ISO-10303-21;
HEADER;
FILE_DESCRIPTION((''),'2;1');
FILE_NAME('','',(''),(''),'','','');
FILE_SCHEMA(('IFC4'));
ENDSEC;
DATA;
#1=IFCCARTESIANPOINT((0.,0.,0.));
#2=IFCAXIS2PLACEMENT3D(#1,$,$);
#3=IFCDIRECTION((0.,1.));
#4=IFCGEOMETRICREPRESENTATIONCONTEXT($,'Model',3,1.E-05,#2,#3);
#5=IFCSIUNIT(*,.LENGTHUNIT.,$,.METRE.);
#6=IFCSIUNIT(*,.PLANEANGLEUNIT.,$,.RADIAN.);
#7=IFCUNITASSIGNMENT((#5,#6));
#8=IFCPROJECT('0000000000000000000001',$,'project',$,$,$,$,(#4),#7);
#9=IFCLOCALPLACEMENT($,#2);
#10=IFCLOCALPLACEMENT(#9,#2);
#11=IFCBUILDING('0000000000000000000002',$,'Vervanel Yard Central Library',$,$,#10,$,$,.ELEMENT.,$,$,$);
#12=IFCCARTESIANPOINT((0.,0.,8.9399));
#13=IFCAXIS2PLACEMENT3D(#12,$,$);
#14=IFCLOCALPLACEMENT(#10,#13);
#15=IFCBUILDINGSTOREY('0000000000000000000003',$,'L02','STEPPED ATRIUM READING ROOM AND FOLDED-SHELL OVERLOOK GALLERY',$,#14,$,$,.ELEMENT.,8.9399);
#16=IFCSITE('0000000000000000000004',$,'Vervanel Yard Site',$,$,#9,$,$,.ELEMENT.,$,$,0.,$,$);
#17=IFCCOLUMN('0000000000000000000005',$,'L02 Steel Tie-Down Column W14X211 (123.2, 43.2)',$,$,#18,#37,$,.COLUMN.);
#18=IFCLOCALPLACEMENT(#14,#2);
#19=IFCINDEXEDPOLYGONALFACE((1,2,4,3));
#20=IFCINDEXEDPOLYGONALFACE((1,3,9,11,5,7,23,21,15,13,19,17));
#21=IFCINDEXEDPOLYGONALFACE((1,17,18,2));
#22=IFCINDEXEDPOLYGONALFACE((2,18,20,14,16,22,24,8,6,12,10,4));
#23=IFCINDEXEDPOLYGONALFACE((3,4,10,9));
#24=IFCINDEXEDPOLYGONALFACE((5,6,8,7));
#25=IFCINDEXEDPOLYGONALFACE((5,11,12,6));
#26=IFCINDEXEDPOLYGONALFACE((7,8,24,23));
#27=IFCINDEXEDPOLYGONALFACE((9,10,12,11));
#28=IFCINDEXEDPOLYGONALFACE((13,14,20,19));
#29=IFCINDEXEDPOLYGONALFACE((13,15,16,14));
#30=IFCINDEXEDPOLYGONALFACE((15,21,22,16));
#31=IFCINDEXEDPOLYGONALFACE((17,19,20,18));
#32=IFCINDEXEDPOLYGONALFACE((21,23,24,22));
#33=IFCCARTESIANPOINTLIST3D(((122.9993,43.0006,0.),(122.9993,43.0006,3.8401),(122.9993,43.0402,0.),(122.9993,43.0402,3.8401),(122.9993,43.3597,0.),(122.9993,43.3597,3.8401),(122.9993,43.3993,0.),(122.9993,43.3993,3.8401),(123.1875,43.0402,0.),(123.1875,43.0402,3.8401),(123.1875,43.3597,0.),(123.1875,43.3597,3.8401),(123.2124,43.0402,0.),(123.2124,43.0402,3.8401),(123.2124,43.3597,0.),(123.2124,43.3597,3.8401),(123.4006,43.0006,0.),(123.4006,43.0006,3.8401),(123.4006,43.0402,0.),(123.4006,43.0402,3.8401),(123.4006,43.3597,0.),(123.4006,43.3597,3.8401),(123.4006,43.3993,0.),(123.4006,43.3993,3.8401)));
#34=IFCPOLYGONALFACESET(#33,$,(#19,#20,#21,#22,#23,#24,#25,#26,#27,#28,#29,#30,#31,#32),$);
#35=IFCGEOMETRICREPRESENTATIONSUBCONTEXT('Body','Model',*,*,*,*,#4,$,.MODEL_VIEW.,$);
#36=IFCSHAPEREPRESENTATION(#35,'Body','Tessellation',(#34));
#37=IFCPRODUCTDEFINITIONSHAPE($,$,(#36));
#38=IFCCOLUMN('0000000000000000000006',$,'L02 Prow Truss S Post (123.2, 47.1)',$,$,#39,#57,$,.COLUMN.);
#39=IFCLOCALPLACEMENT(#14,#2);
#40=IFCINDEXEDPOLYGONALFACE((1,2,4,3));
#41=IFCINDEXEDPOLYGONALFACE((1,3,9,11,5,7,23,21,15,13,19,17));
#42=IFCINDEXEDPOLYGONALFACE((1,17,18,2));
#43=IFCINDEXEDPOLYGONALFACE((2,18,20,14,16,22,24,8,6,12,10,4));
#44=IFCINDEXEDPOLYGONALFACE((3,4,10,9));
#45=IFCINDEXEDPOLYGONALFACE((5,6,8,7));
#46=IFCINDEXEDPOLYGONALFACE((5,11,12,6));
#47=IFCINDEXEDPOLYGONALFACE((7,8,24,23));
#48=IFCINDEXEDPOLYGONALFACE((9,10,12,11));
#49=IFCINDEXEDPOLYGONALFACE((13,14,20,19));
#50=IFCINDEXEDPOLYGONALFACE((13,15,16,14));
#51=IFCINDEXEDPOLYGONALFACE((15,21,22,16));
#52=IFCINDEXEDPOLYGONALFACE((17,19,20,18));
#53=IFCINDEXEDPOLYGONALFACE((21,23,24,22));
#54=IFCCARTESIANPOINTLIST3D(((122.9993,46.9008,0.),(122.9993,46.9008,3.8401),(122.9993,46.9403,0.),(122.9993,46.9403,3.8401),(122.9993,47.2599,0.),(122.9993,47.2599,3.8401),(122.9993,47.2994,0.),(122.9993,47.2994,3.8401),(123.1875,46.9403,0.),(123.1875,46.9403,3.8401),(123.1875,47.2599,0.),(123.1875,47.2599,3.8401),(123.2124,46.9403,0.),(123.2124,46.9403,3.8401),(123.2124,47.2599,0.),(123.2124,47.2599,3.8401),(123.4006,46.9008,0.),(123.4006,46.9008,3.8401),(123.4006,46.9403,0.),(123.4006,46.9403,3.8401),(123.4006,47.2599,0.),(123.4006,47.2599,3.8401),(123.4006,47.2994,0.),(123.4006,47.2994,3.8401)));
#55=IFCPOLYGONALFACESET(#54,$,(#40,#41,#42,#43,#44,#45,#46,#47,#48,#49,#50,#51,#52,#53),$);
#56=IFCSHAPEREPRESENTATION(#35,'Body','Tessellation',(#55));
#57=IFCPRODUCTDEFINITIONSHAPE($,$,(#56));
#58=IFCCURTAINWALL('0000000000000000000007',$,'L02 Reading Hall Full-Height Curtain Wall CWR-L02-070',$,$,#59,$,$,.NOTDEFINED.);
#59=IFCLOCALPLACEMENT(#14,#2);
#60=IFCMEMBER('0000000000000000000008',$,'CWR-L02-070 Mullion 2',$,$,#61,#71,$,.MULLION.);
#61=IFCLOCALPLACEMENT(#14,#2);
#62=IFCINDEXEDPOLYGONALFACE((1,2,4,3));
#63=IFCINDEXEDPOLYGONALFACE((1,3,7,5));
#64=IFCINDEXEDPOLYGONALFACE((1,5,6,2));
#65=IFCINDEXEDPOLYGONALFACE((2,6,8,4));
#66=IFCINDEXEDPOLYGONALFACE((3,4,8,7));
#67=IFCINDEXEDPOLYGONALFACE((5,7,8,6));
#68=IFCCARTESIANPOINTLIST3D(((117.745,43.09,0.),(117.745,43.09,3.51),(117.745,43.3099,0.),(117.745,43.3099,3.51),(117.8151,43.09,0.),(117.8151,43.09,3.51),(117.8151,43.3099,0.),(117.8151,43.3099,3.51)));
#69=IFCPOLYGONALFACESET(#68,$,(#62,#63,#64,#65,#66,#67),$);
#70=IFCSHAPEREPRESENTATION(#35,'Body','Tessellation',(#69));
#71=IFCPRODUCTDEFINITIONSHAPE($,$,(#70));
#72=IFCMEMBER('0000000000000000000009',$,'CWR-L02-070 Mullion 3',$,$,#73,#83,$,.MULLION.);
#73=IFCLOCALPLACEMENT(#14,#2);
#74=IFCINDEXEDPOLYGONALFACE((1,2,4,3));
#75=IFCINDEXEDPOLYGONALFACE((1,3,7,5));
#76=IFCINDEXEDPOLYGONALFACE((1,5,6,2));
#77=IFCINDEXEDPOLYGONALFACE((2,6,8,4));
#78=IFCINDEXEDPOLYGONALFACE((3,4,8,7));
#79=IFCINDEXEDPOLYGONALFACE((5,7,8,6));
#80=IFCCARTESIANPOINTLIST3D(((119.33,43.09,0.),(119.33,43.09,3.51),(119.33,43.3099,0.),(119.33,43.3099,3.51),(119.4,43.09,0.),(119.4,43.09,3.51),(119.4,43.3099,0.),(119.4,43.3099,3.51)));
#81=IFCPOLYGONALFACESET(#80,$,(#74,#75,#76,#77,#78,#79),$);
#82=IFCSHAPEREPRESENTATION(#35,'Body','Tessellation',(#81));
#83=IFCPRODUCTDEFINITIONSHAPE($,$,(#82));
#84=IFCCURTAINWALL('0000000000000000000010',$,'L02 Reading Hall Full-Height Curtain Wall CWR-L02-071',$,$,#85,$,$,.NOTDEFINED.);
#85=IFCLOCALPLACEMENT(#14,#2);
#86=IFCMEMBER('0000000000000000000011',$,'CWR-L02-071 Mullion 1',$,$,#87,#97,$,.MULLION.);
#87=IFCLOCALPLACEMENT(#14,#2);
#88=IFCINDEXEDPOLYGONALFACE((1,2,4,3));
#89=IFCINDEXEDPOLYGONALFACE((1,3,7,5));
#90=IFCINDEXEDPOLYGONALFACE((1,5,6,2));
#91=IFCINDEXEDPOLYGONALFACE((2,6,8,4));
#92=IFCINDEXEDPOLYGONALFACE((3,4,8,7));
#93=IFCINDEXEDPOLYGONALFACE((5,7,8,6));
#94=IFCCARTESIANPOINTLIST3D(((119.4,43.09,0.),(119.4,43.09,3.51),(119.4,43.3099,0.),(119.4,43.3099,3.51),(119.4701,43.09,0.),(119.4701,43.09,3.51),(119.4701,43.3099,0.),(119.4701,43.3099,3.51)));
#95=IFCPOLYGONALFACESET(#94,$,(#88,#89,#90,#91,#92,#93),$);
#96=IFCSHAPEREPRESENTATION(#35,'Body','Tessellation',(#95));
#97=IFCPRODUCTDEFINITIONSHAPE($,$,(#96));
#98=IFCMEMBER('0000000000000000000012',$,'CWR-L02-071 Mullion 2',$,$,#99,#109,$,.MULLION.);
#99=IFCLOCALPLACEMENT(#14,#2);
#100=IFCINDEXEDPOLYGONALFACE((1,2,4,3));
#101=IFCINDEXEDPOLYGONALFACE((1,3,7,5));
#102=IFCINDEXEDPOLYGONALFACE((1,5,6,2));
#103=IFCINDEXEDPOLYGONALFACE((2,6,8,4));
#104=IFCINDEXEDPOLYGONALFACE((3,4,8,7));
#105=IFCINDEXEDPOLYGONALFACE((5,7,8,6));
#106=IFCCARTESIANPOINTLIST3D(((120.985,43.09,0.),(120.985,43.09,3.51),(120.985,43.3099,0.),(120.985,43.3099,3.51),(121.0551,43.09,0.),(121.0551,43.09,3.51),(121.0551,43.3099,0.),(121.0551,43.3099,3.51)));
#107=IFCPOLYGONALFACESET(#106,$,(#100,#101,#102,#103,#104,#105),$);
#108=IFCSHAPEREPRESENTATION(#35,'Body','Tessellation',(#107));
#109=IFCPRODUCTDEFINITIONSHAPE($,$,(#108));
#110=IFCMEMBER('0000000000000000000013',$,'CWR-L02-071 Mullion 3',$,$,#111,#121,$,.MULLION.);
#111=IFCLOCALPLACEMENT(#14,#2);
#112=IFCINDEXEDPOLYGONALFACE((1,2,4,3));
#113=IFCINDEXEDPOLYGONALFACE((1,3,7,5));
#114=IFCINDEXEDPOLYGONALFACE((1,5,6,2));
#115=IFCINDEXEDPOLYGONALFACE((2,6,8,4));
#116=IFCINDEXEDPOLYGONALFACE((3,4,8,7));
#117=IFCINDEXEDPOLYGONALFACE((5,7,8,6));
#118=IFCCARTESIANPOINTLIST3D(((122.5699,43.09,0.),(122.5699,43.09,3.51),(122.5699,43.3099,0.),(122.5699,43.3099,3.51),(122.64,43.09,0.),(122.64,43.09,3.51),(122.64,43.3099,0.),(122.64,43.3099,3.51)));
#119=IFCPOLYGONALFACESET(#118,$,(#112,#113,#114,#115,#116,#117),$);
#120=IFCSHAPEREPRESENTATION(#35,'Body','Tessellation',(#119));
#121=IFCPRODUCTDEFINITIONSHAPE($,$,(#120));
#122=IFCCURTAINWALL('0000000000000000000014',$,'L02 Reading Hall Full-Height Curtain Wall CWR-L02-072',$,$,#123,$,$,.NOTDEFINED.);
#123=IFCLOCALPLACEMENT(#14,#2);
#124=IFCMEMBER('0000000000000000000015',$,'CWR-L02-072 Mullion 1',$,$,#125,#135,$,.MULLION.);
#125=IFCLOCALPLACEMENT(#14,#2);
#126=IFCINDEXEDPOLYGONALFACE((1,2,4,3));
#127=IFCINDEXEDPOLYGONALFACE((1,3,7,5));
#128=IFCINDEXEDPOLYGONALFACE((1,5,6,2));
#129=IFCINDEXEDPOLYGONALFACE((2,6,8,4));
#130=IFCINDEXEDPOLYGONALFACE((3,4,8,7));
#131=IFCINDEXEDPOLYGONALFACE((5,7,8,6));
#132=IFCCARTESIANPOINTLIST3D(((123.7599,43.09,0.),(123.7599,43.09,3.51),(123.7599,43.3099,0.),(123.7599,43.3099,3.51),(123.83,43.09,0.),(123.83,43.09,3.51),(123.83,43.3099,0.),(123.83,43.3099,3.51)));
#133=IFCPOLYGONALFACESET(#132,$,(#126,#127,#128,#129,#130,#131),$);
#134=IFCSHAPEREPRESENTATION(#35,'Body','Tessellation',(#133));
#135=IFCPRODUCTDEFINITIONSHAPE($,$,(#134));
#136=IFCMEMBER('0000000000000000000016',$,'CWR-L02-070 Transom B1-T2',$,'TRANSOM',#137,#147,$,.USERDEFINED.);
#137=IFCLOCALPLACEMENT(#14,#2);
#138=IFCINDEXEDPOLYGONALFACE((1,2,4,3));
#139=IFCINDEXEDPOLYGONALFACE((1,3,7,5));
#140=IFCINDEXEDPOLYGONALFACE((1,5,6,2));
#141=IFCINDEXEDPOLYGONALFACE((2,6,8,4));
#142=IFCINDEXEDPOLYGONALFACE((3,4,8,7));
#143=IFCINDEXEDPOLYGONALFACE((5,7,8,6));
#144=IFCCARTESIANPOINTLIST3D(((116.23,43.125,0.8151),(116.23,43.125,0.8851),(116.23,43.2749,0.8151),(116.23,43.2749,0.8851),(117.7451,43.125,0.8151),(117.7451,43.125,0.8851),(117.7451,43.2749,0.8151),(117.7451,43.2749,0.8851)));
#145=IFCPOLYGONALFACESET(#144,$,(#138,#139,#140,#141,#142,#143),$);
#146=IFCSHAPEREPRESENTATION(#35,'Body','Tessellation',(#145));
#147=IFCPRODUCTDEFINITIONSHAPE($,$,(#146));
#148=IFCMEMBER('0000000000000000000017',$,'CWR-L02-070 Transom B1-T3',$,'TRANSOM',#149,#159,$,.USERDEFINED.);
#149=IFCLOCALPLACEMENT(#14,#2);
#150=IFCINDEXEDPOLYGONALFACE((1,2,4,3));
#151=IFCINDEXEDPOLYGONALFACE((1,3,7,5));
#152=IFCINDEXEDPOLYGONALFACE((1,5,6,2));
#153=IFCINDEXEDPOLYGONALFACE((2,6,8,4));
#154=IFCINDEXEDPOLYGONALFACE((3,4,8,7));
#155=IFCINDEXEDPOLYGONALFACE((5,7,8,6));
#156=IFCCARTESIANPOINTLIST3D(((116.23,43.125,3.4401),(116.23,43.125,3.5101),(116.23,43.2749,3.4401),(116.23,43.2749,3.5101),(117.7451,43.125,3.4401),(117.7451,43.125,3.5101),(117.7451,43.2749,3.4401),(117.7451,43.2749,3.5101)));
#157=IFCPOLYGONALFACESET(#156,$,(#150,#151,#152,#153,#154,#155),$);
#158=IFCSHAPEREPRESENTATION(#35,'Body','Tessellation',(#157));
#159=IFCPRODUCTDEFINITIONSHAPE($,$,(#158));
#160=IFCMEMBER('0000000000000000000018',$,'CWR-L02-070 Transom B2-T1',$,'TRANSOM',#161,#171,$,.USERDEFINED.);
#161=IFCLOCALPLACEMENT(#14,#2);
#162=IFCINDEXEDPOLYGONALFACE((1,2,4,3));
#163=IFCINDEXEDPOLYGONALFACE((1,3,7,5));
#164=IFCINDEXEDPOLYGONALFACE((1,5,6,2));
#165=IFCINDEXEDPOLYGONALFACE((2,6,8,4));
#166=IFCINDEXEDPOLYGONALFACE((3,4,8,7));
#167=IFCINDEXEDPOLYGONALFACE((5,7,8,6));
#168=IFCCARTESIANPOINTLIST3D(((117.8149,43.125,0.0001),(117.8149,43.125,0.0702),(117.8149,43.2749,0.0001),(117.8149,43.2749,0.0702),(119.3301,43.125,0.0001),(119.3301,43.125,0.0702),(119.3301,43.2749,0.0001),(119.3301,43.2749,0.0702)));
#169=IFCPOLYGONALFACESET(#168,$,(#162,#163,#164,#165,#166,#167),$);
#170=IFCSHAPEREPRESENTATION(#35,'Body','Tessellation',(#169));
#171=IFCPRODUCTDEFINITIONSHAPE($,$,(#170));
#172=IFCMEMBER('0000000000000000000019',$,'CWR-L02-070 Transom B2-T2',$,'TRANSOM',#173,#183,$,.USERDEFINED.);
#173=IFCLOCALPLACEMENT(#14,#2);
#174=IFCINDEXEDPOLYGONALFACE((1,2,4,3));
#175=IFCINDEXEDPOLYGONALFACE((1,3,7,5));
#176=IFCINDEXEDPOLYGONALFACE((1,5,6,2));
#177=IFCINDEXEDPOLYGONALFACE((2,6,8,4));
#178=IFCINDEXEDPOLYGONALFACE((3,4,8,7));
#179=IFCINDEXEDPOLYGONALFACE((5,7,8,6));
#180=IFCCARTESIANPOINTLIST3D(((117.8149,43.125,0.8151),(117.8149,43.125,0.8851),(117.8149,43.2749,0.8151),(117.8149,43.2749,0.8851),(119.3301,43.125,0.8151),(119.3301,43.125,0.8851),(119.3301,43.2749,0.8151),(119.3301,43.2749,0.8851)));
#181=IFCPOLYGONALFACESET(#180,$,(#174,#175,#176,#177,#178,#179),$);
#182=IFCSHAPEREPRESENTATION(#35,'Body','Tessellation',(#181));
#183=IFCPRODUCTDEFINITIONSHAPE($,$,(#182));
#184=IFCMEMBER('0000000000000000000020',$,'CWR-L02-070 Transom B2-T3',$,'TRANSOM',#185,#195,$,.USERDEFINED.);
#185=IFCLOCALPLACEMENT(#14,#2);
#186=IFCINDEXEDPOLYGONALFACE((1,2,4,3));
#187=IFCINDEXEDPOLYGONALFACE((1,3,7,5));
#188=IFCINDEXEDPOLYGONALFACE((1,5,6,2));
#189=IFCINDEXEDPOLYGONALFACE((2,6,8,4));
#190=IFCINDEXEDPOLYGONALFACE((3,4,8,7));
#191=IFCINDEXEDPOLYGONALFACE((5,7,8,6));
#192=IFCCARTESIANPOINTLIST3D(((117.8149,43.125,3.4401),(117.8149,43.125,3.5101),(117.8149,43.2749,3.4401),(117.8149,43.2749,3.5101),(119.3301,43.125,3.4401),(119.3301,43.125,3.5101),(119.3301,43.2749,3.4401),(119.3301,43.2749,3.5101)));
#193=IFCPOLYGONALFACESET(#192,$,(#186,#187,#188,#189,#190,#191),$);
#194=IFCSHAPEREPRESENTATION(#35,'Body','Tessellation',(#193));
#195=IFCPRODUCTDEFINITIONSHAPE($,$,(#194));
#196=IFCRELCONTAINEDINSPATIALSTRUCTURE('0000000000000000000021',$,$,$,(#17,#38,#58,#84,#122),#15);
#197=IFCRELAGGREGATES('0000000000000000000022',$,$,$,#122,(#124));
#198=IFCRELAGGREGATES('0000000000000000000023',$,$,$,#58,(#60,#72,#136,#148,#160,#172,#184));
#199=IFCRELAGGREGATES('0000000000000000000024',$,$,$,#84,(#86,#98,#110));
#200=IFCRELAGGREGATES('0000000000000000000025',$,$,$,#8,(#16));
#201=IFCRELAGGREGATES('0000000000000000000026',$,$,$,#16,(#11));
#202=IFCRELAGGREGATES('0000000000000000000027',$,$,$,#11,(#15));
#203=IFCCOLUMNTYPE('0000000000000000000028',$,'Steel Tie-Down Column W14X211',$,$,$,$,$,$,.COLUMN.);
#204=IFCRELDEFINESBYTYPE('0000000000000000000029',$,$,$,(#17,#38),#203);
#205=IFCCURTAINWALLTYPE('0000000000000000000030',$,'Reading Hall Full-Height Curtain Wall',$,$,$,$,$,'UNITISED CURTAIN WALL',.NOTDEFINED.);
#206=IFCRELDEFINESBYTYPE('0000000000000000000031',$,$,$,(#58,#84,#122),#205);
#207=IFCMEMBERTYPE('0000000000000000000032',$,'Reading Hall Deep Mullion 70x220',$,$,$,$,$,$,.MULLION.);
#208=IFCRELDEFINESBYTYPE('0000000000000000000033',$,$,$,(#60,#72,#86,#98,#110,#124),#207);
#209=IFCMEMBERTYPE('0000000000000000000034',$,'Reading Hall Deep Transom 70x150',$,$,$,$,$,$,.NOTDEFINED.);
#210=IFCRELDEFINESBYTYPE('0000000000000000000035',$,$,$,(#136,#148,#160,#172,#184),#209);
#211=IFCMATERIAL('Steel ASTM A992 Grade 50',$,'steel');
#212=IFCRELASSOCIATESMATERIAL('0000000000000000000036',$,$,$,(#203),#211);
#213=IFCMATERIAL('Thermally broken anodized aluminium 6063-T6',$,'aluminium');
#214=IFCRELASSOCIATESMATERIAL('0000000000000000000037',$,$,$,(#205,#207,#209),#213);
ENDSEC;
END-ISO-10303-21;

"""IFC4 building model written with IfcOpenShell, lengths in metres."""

from ifc_helpers import new_model, si_unit, direction, frame, origin, origin_2d, place, context, subcontext, project, spatial, rectangle, i_section, extrude, material, material_profile, profile_set, type_object, element, aggregate, save


model = new_model("IFC4")

# Units and contexts
model_context = context("Model", 3, precision=1e-05, world=origin(), true_north=direction((0.0, 1.0)))
body_context = subcontext(model_context, "Body", "Model", "MODEL_VIEW")
ifc_project = project(units=[si_unit("LENGTHUNIT", "METRE"), si_unit("PLANEANGLEUNIT", "RADIAN")], contexts=[model_context])

# Site, building, storey
site_placement = place(None, origin())
site = spatial("IfcSite", under=ifc_project, at=site_placement, Name="Vervanel Yard Site", CompositionType="ELEMENT", RefElevation=0.0)
building_placement = place(site_placement, origin())
building = spatial("IfcBuilding", under=site, at=building_placement, Name="Vervanel Yard Central Library", CompositionType="ELEMENT")
storey_placement = place(building_placement, frame((0.0, 0.0, 8.9399)))
storey = spatial("IfcBuildingStorey", under=building, at=storey_placement, Name="L02", Description="STEPPED ATRIUM READING ROOM AND FOLDED-SHELL OVERLOOK GALLERY", CompositionType="ELEMENT", Elevation=8.9399)

# Columns
ifc_material_1 = material(Name="Steel ASTM A992 Grade 50", Category="steel")
ifc_material_profile_1 = material_profile(ifc_material_1, i_section(OverallWidth=0.4014, OverallDepth=0.3987, WebThickness=0.0249, FlangeThickness=0.0396, at=origin_2d()), Name="W14X211", Category="steel")
ifc_profile_set_1 = profile_set([ifc_material_profile_1], Name="Steel ASTM A992 Grade 50")
column_type = type_object("IfcColumnType", Name="Steel Tie-Down Column W14X211", PredefinedType="COLUMN", material=ifc_profile_set_1)
for number, where, z_axis, x_axis, name in (
    (1, (123.2, 43.2, 0.0), (0.0, 0.0, 1.0), (1.0, 0.0, 0.0), "L02 Steel Tie-Down Column W14X211 (123.2, 43.2)"),
    (2, (123.2, 47.1001, 0.0), (0.0, 0.0, 1.0), (1.0, 0.0, 0.0), "L02 Prow Truss S Post (123.2, 47.1)"),
):
    element("IfcColumn", number, at=place(storey_placement, frame(where, z_axis=z_axis, x_axis=x_axis)), inside=storey, type_object=column_type, Name=name, PredefinedType="COLUMN", context=body_context, shape_type="SweptSolid", body=[
        extrude(i_section(OverallWidth=0.4014, OverallDepth=0.3987, WebThickness=0.0249, FlangeThickness=0.0396, at=origin_2d()), origin(), (0.0, 0.0, 1.0), 3.8401),
    ])

# Curtain walls, members
ifc_material_2 = material(Name="Thermally broken anodized aluminium 6063-T6", Category="aluminium")
curtain_wall_type = type_object("IfcCurtainWallType", Name="Reading Hall Full-Height Curtain Wall", ElementType="UNITISED CURTAIN WALL", PredefinedType="NOTDEFINED", material=ifc_material_2)
curtain_wall_1_placement = place(storey_placement, origin())
curtain_wall_1 = element("IfcCurtainWall", 3, at=curtain_wall_1_placement, inside=storey, type_object=curtain_wall_type, Name="L02 Reading Hall Full-Height Curtain Wall CWR-L02-070", PredefinedType="NOTDEFINED")
ifc_material_profile_2 = material_profile(ifc_material_2, rectangle(XDim=0.0701, YDim=0.22, at=origin_2d()), Name="ALU 70x220", Category="aluminium")
ifc_profile_set_2 = profile_set([ifc_material_profile_2], Name="Thermally broken anodized aluminium 6063-T6")
member_type_1 = type_object("IfcMemberType", Name="Reading Hall Deep Mullion 70x220", PredefinedType="MULLION", material=ifc_profile_set_2)
member_1_placement = place(storey_placement, frame((117.78, 43.2, 0.0), z_axis=(0.0, 0.0, 1.0), x_axis=(1.0, 0.0, 0.0)))
member_1 = element("IfcMember", 4, at=member_1_placement, type_object=member_type_1, Name="CWR-L02-070 Mullion 2", PredefinedType="MULLION", context=body_context, shape_type="SweptSolid", body=[
    extrude(rectangle(XDim=0.0701, YDim=0.22, at=origin_2d()), origin(), (0.0, 0.0, 1.0), 3.51),
])
member_2_placement = place(storey_placement, frame((119.365, 43.2, 0.0), z_axis=(0.0, 0.0, 1.0), x_axis=(1.0, 0.0, 0.0)))
member_2 = element("IfcMember", 5, at=member_2_placement, type_object=member_type_1, Name="CWR-L02-070 Mullion 3", PredefinedType="MULLION", context=body_context, shape_type="SweptSolid", body=[
    extrude(rectangle(XDim=0.0701, YDim=0.22, at=origin_2d()), origin(), (0.0, 0.0, 1.0), 3.51),
])
curtain_wall_2_placement = place(storey_placement, origin())
curtain_wall_2 = element("IfcCurtainWall", 6, at=curtain_wall_2_placement, inside=storey, type_object=curtain_wall_type, Name="L02 Reading Hall Full-Height Curtain Wall CWR-L02-071", PredefinedType="NOTDEFINED")
member_3_placement = place(storey_placement, frame((119.4351, 43.2, 0.0), z_axis=(0.0, 0.0, 1.0), x_axis=(1.0, 0.0, 0.0)))
member_3 = element("IfcMember", 7, at=member_3_placement, type_object=member_type_1, Name="CWR-L02-071 Mullion 1", PredefinedType="MULLION", context=body_context, shape_type="SweptSolid", body=[
    extrude(rectangle(XDim=0.0701, YDim=0.22, at=origin_2d()), origin(), (0.0, 0.0, 1.0), 3.51),
])
member_4_placement = place(storey_placement, frame((121.02, 43.2, 0.0), z_axis=(0.0, 0.0, 1.0), x_axis=(1.0, 0.0, 0.0)))
member_4 = element("IfcMember", 8, at=member_4_placement, type_object=member_type_1, Name="CWR-L02-071 Mullion 2", PredefinedType="MULLION", context=body_context, shape_type="SweptSolid", body=[
    extrude(rectangle(XDim=0.0701, YDim=0.22, at=origin_2d()), origin(), (0.0, 0.0, 1.0), 3.51),
])
member_5_placement = place(storey_placement, frame((122.605, 43.2, 0.0), z_axis=(0.0, 0.0, 1.0), x_axis=(1.0, 0.0, 0.0)))
member_5 = element("IfcMember", 9, at=member_5_placement, type_object=member_type_1, Name="CWR-L02-071 Mullion 3", PredefinedType="MULLION", context=body_context, shape_type="SweptSolid", body=[
    extrude(rectangle(XDim=0.0701, YDim=0.22, at=origin_2d()), origin(), (0.0, 0.0, 1.0), 3.51),
])

# Curtain wall, member
curtain_wall_3_placement = place(storey_placement, origin())
curtain_wall_3 = element("IfcCurtainWall", 10, at=curtain_wall_3_placement, inside=storey, type_object=curtain_wall_type, Name="L02 Reading Hall Full-Height Curtain Wall CWR-L02-072", PredefinedType="NOTDEFINED")
member_6_placement = place(storey_placement, frame((123.7949, 43.2, 0.0), z_axis=(0.0, 0.0, 1.0), x_axis=(1.0, 0.0, 0.0)))
member_6 = element("IfcMember", 11, at=member_6_placement, type_object=member_type_1, Name="CWR-L02-072 Mullion 1", PredefinedType="MULLION", context=body_context, shape_type="SweptSolid", body=[
    extrude(rectangle(XDim=0.0701, YDim=0.22, at=origin_2d()), origin(), (0.0, 0.0, 1.0), 3.51),
])

# Members
ifc_material_profile_3 = material_profile(ifc_material_2, rectangle(XDim=0.0701, YDim=0.1499, at=origin_2d()), Name="ALU 70x150", Category="aluminium")
ifc_profile_set_3 = profile_set([ifc_material_profile_3], Name="Thermally broken anodized aluminium 6063-T6")
member_type_2 = type_object("IfcMemberType", Name="Reading Hall Deep Transom 70x150", PredefinedType="NOTDEFINED", material=ifc_profile_set_3)
member_7_placement = place(storey_placement, frame((116.23, 43.2, 0.8501), z_axis=(1.0, 0.0, 0.0), x_axis=(0.0, 0.0, 1.0)))
member_7 = element("IfcMember", 12, at=member_7_placement, type_object=member_type_2, Name="CWR-L02-070 Transom B1-T2", ObjectType="TRANSOM", PredefinedType="USERDEFINED", context=body_context, shape_type="SweptSolid", body=[
    extrude(rectangle(XDim=0.0701, YDim=0.1499, at=origin_2d()), origin(), (0.0, 0.0, 1.0), 1.5151),
])
member_8_placement = place(storey_placement, frame((116.23, 43.2, 3.4751), z_axis=(1.0, 0.0, 0.0), x_axis=(0.0, 0.0, 1.0)))
member_8 = element("IfcMember", 13, at=member_8_placement, type_object=member_type_2, Name="CWR-L02-070 Transom B1-T3", ObjectType="TRANSOM", PredefinedType="USERDEFINED", context=body_context, shape_type="SweptSolid", body=[
    extrude(rectangle(XDim=0.0701, YDim=0.1499, at=origin_2d()), origin(), (0.0, 0.0, 1.0), 1.5151),
])
member_9_placement = place(storey_placement, frame((117.8149, 43.2, 0.0352), z_axis=(1.0, 0.0, 0.0), x_axis=(0.0, 0.0, 1.0)))
member_9 = element("IfcMember", 14, at=member_9_placement, type_object=member_type_2, Name="CWR-L02-070 Transom B2-T1", ObjectType="TRANSOM", PredefinedType="USERDEFINED", context=body_context, shape_type="SweptSolid", body=[
    extrude(rectangle(XDim=0.0701, YDim=0.1499, at=origin_2d()), origin(), (0.0, 0.0, 1.0), 1.5151),
])
member_10_placement = place(storey_placement, frame((117.8149, 43.2, 0.8501), z_axis=(1.0, 0.0, 0.0), x_axis=(0.0, 0.0, 1.0)))
member_10 = element("IfcMember", 15, at=member_10_placement, type_object=member_type_2, Name="CWR-L02-070 Transom B2-T2", ObjectType="TRANSOM", PredefinedType="USERDEFINED", context=body_context, shape_type="SweptSolid", body=[
    extrude(rectangle(XDim=0.0701, YDim=0.1499, at=origin_2d()), origin(), (0.0, 0.0, 1.0), 1.5151),
])
member_11_placement = place(storey_placement, frame((117.8149, 43.2, 3.4751), z_axis=(1.0, 0.0, 0.0), x_axis=(0.0, 0.0, 1.0)))
member_11 = element("IfcMember", 16, at=member_11_placement, type_object=member_type_2, Name="CWR-L02-070 Transom B2-T3", ObjectType="TRANSOM", PredefinedType="USERDEFINED", context=body_context, shape_type="SweptSolid", body=[
    extrude(rectangle(XDim=0.0701, YDim=0.1499, at=origin_2d()), origin(), (0.0, 0.0, 1.0), 1.5151),
])
aggregate(curtain_wall_3, [member_6])

aggregate(curtain_wall_1, [member_1, member_2, member_7, member_8, member_9, member_10, member_11])
aggregate(curtain_wall_2, [member_3, member_4, member_5])

save(model, "model.ifc")
